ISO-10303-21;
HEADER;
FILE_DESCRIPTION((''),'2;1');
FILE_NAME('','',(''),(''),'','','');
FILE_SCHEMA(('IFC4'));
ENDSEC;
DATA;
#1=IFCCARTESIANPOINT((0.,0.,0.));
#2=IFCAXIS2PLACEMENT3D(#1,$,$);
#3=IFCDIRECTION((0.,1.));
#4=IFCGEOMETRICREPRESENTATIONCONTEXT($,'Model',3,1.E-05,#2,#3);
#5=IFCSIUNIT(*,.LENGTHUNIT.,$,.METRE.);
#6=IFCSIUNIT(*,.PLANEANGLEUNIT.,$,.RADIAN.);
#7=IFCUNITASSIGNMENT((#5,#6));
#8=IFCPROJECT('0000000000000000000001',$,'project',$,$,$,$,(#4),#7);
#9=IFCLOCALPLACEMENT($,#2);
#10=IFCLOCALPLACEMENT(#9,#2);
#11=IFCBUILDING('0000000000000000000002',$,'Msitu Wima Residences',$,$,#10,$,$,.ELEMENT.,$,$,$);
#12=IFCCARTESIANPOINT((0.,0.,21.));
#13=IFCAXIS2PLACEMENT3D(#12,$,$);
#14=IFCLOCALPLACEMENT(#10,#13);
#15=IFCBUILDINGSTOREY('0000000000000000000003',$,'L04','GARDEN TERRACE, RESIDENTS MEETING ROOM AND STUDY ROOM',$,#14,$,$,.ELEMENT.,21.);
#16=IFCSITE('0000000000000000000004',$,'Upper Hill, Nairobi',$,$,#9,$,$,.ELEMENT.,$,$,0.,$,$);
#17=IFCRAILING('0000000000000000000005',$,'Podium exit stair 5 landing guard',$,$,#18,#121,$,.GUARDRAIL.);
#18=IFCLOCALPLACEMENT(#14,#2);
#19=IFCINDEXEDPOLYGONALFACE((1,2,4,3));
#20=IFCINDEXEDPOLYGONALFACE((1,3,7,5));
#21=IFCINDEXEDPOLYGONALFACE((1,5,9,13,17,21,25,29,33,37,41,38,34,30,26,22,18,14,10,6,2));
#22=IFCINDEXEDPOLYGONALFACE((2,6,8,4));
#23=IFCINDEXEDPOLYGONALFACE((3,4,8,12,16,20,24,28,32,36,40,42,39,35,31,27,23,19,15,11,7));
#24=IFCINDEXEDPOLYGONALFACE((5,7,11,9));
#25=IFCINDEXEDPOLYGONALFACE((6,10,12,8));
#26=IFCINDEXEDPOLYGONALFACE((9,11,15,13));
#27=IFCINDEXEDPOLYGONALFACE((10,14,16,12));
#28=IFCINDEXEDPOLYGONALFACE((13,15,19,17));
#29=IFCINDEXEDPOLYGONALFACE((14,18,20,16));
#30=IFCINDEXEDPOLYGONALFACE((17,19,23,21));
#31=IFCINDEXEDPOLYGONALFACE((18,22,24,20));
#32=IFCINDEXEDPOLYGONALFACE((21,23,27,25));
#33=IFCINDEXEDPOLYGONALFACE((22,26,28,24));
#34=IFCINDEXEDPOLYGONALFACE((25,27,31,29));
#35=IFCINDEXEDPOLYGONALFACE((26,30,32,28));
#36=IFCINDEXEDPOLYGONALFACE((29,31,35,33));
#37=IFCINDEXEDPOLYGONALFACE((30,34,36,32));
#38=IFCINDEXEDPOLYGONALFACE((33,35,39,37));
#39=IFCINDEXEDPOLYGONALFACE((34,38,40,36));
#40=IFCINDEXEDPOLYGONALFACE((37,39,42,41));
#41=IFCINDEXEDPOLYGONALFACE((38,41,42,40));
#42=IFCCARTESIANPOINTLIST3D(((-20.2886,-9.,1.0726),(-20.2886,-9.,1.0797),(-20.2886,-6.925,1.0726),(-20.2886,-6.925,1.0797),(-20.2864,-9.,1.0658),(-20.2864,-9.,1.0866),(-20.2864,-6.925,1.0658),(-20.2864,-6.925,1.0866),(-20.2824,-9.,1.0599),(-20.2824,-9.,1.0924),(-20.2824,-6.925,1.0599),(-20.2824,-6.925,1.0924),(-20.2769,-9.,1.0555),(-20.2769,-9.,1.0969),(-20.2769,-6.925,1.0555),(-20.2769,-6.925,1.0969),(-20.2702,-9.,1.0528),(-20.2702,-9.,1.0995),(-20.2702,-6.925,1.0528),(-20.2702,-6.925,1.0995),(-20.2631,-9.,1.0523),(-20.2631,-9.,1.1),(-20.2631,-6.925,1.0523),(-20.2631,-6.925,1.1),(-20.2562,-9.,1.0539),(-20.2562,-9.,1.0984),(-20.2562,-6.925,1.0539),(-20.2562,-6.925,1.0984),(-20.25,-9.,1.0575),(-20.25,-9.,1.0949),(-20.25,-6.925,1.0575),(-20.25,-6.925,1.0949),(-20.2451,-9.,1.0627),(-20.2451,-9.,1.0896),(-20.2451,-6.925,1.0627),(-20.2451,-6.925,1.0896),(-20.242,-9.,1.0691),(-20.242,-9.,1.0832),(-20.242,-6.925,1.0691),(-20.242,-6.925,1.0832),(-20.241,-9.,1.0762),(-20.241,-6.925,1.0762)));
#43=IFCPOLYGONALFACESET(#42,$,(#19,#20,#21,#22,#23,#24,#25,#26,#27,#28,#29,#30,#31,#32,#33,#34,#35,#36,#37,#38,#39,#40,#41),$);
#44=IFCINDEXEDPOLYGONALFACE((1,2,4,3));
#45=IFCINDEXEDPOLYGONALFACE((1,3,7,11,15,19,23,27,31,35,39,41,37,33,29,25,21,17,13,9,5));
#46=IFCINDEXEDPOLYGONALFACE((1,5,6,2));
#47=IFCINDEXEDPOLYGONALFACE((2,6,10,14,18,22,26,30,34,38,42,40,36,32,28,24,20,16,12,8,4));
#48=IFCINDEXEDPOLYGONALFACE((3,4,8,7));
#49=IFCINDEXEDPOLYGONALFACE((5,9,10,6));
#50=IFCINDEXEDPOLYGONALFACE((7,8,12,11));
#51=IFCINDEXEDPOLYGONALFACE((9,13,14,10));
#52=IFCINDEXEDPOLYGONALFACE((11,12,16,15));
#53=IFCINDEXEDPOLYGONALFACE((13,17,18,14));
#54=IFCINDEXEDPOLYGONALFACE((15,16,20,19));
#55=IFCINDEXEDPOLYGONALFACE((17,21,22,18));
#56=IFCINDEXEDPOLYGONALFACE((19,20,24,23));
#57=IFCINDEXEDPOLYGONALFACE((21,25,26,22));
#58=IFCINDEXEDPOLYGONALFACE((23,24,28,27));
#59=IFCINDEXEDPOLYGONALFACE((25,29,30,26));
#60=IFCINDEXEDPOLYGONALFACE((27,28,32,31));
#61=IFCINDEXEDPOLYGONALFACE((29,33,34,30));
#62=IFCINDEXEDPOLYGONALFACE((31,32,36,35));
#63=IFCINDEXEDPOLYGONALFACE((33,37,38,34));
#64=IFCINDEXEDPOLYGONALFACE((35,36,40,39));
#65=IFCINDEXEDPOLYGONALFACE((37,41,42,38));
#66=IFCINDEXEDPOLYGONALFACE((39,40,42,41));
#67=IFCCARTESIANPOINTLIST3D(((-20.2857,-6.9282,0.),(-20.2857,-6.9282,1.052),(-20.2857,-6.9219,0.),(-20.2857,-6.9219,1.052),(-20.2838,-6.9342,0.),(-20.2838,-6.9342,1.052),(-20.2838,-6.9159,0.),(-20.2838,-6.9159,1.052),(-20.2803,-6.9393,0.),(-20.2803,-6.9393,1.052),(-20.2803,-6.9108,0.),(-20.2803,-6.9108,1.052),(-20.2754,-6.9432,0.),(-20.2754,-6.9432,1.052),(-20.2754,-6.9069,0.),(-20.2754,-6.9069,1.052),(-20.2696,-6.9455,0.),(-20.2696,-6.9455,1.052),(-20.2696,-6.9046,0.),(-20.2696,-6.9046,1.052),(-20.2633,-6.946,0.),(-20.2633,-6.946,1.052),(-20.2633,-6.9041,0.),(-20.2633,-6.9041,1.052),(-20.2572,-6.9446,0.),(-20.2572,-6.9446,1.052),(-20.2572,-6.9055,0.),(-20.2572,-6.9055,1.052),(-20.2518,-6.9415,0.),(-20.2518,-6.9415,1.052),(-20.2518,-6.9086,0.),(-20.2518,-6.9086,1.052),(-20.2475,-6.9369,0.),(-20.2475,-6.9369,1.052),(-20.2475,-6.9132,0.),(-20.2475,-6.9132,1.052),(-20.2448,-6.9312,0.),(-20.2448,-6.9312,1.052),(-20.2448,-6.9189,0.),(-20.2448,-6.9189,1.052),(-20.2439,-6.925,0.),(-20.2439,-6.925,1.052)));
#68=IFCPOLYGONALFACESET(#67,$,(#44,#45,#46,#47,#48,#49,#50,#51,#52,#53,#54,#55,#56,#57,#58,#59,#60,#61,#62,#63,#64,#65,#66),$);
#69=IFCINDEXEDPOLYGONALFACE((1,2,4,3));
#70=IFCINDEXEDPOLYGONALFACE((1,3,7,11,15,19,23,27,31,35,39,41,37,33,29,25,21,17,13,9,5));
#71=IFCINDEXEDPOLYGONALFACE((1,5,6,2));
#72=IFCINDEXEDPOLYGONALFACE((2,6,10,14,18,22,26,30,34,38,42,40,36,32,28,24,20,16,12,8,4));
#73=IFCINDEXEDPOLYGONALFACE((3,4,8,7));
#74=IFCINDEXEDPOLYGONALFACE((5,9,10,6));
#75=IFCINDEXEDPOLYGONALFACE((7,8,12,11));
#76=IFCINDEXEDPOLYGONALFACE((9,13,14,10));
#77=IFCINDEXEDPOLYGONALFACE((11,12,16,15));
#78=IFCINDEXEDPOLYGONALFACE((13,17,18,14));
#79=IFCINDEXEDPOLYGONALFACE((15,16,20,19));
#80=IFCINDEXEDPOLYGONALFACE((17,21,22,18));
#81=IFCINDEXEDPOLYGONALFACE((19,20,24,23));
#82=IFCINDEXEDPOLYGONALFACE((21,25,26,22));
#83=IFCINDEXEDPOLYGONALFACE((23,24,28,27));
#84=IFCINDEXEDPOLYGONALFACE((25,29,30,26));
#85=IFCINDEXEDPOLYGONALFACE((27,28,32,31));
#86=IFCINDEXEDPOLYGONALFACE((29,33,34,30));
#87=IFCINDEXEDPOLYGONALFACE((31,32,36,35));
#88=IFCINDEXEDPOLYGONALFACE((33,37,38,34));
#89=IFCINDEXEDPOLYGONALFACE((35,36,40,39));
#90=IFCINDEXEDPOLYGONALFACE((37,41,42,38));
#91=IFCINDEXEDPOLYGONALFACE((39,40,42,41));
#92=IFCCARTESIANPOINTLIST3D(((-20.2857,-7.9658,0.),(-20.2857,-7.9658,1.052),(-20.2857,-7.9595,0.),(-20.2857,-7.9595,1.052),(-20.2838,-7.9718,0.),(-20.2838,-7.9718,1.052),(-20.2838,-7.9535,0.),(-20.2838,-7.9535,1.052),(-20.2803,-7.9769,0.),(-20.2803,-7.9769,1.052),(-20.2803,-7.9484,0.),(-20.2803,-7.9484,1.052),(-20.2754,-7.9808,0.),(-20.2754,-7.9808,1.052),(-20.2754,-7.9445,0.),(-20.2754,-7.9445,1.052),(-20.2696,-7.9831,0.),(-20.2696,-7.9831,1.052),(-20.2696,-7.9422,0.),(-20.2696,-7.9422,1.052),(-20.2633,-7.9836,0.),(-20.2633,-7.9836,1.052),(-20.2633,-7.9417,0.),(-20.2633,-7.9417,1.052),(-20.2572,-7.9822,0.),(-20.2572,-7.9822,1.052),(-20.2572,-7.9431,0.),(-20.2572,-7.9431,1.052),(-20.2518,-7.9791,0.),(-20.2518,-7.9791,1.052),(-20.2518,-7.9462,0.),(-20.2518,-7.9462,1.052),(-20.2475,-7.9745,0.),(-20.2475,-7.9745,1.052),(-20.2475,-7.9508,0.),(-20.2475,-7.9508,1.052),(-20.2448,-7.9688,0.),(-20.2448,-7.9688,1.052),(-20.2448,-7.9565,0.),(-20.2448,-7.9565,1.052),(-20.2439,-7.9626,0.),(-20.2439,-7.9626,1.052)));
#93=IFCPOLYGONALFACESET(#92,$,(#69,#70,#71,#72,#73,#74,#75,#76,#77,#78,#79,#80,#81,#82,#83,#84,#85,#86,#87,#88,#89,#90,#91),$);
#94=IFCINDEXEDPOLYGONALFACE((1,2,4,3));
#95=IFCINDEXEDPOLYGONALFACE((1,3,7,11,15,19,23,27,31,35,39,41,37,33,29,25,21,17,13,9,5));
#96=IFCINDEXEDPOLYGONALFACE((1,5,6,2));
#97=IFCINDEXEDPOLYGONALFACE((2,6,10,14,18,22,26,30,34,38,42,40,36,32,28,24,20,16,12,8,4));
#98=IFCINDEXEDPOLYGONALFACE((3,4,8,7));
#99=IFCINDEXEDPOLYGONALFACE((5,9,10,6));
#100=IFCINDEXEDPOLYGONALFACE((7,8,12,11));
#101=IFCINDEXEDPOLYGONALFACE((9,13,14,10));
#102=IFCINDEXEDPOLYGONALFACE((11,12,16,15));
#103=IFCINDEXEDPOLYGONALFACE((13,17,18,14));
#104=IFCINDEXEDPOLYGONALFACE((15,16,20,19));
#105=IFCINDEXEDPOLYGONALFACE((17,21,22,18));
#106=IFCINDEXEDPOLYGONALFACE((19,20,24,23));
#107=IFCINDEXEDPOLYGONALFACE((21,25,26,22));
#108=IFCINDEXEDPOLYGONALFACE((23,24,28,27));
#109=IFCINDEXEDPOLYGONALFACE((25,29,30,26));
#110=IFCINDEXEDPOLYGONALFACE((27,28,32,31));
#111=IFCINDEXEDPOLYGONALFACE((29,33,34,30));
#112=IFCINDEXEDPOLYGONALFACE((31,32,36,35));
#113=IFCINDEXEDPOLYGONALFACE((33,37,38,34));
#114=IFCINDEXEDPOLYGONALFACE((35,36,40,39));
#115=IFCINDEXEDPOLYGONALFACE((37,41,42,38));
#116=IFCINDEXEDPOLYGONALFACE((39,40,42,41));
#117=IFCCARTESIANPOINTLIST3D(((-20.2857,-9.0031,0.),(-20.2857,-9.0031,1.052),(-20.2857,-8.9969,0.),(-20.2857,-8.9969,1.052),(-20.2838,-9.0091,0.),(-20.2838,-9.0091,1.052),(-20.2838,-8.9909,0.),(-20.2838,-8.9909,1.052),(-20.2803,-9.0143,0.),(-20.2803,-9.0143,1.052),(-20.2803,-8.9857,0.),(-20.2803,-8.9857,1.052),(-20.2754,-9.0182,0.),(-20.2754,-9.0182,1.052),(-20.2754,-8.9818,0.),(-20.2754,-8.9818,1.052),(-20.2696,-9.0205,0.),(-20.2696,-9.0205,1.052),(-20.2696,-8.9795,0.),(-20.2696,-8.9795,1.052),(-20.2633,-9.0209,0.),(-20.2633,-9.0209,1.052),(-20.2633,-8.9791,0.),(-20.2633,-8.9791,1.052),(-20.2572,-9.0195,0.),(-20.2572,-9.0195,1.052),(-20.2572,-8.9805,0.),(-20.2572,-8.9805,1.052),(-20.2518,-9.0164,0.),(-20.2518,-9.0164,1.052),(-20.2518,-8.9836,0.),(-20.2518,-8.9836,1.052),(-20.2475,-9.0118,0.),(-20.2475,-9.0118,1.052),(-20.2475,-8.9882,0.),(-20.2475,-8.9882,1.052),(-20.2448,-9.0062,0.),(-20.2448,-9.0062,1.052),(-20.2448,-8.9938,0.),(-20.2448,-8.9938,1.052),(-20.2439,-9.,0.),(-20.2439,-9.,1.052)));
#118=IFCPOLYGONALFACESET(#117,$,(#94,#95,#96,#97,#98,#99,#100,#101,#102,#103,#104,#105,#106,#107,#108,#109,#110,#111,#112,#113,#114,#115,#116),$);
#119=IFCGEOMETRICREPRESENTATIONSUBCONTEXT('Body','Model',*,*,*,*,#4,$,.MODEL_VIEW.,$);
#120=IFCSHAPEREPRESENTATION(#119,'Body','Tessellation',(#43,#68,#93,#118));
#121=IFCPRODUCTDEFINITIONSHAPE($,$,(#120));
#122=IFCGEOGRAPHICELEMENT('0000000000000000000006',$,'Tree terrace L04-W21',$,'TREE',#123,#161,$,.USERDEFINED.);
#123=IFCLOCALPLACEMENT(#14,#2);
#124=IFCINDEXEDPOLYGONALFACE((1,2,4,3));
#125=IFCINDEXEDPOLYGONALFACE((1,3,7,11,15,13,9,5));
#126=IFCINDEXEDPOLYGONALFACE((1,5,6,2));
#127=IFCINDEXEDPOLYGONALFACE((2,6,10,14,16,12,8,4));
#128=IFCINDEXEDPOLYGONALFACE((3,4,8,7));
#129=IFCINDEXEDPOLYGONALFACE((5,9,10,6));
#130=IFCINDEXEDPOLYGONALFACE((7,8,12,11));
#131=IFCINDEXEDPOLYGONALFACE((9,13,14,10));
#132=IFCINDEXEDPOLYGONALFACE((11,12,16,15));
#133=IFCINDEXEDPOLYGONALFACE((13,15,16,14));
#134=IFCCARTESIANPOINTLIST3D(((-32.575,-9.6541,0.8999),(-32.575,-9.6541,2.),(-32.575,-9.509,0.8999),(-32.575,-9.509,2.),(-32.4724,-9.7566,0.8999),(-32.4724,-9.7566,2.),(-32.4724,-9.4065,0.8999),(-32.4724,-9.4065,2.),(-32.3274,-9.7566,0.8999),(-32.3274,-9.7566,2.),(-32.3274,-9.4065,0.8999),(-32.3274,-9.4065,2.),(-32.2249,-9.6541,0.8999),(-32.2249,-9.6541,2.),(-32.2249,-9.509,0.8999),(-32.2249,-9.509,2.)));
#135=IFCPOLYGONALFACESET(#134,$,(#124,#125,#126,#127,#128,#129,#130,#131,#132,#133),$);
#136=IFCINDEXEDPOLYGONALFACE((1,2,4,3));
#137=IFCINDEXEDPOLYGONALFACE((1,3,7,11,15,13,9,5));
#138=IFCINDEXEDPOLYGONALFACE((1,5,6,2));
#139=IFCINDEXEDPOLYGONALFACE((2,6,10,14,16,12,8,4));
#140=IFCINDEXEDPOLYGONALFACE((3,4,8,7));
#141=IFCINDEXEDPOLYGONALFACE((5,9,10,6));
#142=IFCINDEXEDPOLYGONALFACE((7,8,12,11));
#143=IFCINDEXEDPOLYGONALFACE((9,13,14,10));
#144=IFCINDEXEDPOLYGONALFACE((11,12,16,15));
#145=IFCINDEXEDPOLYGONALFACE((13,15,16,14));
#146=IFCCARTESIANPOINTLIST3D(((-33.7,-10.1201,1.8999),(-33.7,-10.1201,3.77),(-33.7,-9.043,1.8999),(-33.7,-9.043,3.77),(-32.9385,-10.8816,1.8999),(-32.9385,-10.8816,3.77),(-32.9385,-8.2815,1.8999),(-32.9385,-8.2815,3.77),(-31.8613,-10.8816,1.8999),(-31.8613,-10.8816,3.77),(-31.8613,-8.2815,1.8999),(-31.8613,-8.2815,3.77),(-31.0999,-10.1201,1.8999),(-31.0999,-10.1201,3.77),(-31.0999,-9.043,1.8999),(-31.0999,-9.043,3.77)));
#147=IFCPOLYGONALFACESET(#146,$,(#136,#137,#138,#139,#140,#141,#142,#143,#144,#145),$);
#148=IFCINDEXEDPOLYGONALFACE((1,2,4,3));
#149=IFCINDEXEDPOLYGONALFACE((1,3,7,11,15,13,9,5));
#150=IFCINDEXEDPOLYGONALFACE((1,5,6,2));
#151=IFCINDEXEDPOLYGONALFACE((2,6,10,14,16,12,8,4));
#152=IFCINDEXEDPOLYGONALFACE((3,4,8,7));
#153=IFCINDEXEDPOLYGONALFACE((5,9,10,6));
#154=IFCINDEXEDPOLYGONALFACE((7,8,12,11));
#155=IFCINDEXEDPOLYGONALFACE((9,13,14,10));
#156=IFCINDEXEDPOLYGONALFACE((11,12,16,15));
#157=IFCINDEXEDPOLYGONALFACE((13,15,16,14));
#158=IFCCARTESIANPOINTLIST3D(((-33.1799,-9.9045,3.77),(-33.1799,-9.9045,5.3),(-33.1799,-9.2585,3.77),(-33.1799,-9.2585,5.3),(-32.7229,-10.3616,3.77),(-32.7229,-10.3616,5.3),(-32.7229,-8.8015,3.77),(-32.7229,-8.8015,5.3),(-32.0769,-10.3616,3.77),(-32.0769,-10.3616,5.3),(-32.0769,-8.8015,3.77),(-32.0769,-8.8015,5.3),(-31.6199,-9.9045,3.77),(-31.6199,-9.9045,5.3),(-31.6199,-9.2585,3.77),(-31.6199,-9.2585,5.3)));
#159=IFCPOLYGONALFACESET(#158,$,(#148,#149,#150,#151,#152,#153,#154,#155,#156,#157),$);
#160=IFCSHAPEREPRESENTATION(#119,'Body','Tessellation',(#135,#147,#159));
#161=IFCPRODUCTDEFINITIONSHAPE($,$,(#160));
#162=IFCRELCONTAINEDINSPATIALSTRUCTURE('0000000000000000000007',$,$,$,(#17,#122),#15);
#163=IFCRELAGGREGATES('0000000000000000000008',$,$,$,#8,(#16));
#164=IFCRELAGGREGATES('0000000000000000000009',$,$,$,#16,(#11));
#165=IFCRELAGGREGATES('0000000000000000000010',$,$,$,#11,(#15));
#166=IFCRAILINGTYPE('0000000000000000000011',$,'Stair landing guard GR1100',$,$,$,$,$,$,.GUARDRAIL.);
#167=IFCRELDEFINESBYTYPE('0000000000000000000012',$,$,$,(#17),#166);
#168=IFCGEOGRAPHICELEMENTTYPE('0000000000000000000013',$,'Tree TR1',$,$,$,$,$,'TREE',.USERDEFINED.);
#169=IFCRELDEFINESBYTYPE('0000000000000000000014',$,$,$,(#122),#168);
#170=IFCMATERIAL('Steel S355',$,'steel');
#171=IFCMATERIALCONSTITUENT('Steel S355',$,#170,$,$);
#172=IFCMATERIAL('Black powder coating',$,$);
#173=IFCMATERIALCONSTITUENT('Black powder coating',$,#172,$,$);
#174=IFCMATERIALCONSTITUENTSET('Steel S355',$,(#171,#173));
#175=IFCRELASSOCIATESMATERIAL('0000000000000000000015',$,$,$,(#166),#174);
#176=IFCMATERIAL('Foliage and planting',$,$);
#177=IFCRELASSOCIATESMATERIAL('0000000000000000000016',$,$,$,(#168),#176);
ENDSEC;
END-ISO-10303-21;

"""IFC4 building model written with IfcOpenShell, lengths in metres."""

from ifc_helpers import new_model, si_unit, direction, frame, origin, origin_2d, place, context, subcontext, project, spatial, polyline, circle, outline, extrude, material, constituent, constituent_set, type_object, element, save


model = new_model("IFC4")

# Units and contexts
model_context = context("Model", 3, precision=1e-05, world=origin(), true_north=direction((0.0, 1.0)))
body_context = subcontext(model_context, "Body", "Model", "MODEL_VIEW")
ifc_project = project(units=[si_unit("LENGTHUNIT", "METRE"), si_unit("PLANEANGLEUNIT", "RADIAN")], contexts=[model_context])

# Site, building, storey
site_placement = place(None, origin())
site = spatial("IfcSite", under=ifc_project, at=site_placement, Name="Upper Hill, Nairobi", CompositionType="ELEMENT", RefElevation=0.0)
building_placement = place(site_placement, origin())
building = spatial("IfcBuilding", under=site, at=building_placement, Name="Msitu Wima Residences", CompositionType="ELEMENT")
storey_placement = place(building_placement, frame((0.0, 0.0, 21.0)))
storey = spatial("IfcBuildingStorey", under=building, at=storey_placement, Name="L04", Description="GARDEN TERRACE, RESIDENTS MEETING ROOM AND STUDY ROOM", CompositionType="ELEMENT", Elevation=21.0)

# Railing
ifc_material_1 = material(Name="Steel S355", Category="steel")
ifc_constituent_1 = constituent(ifc_material_1, Name="Steel S355")
ifc_material_2 = material(Name="Black powder coating")
ifc_constituent_2 = constituent(ifc_material_2, Name="Black powder coating")
ifc_constituent_set = constituent_set(constituents=[ifc_constituent_1, ifc_constituent_2], Name="Steel S355")
railing_type = type_object("IfcRailingType", Name="Stair landing guard GR1100", PredefinedType="GUARDRAIL", material=ifc_constituent_set)
railing_placement = place(storey_placement, frame((-20.2649, -6.925, 0.0)))
element("IfcRailing", 1, at=railing_placement, inside=storey, type_object=railing_type, Name="Podium exit stair 5 landing guard", PredefinedType="GUARDRAIL", context=body_context, shape_type="SweptSolid", body=[
    extrude(circle(Radius=0.0239, at=origin_2d()), frame((0.0, 0.0, 1.0762), z_axis=(0.0, -1.0, 0.0), x_axis=(1.0, 0.0, 0.0)), (0.0, 0.0, 1.0), 2.075),
    extrude(circle(Radius=0.021, at=origin_2d()), origin(), (0.0, 0.0, 1.0), 1.052),
    extrude(circle(Radius=0.021, at=origin_2d()), frame((0.0, -1.0376, 0.0)), (0.0, 0.0, 1.0), 1.052),
    extrude(circle(Radius=0.021, at=origin_2d()), frame((0.0, -2.075, 0.0)), (0.0, 0.0, 1.0), 1.052),
])

# Geographic element
ifc_material_3 = material(Name="Foliage and planting")
geographic_element_type = type_object("IfcGeographicElementType", Name="Tree TR1", ElementType="TREE", PredefinedType="USERDEFINED", material=ifc_material_3)
geographic_element_placement = place(storey_placement, frame((-32.3999, -9.5815, 0.8999), z_axis=(0.0, 0.0, 1.0), x_axis=(1.0, 0.0, 0.0)))
element("IfcGeographicElement", 2, at=geographic_element_placement, inside=storey, type_object=geographic_element_type, Name="Tree terrace L04-W21", ObjectType="TREE", PredefinedType="USERDEFINED", context=body_context, shape_type="SweptSolid", body=[
    extrude(outline(polyline([(0.175, 0.0725), (0.0725, 0.175), (-0.0725, 0.175), (-0.175, 0.0725), (-0.175, -0.0725), (-0.0725, -0.175), (0.0725, -0.175), (0.175, -0.0725), (0.175, 0.0725)])), origin(), (0.0, 0.0, 1.0), 1.1001),
    extrude(outline(polyline([(1.3, 0.5386), (0.5386, 1.3), (-0.5386, 1.3), (-1.3, 0.5386), (-1.3, -0.5386), (-0.5386, -1.3), (0.5386, -1.3), (1.3, -0.5386), (1.3, 0.5386)])), frame((0.0, 0.0, 1.0)), (0.0, 0.0, 1.0), 1.8701),
    extrude(outline(polyline([(0.78, 0.323), (0.323, 0.78), (-0.323, 0.78), (-0.78, 0.323), (-0.78, -0.323), (-0.323, -0.78), (0.323, -0.78), (0.78, -0.323), (0.78, 0.323)])), frame((0.0, 0.0, 2.8701)), (0.0, 0.0, 1.0), 1.53),
])

save(model, "model.ifc")
